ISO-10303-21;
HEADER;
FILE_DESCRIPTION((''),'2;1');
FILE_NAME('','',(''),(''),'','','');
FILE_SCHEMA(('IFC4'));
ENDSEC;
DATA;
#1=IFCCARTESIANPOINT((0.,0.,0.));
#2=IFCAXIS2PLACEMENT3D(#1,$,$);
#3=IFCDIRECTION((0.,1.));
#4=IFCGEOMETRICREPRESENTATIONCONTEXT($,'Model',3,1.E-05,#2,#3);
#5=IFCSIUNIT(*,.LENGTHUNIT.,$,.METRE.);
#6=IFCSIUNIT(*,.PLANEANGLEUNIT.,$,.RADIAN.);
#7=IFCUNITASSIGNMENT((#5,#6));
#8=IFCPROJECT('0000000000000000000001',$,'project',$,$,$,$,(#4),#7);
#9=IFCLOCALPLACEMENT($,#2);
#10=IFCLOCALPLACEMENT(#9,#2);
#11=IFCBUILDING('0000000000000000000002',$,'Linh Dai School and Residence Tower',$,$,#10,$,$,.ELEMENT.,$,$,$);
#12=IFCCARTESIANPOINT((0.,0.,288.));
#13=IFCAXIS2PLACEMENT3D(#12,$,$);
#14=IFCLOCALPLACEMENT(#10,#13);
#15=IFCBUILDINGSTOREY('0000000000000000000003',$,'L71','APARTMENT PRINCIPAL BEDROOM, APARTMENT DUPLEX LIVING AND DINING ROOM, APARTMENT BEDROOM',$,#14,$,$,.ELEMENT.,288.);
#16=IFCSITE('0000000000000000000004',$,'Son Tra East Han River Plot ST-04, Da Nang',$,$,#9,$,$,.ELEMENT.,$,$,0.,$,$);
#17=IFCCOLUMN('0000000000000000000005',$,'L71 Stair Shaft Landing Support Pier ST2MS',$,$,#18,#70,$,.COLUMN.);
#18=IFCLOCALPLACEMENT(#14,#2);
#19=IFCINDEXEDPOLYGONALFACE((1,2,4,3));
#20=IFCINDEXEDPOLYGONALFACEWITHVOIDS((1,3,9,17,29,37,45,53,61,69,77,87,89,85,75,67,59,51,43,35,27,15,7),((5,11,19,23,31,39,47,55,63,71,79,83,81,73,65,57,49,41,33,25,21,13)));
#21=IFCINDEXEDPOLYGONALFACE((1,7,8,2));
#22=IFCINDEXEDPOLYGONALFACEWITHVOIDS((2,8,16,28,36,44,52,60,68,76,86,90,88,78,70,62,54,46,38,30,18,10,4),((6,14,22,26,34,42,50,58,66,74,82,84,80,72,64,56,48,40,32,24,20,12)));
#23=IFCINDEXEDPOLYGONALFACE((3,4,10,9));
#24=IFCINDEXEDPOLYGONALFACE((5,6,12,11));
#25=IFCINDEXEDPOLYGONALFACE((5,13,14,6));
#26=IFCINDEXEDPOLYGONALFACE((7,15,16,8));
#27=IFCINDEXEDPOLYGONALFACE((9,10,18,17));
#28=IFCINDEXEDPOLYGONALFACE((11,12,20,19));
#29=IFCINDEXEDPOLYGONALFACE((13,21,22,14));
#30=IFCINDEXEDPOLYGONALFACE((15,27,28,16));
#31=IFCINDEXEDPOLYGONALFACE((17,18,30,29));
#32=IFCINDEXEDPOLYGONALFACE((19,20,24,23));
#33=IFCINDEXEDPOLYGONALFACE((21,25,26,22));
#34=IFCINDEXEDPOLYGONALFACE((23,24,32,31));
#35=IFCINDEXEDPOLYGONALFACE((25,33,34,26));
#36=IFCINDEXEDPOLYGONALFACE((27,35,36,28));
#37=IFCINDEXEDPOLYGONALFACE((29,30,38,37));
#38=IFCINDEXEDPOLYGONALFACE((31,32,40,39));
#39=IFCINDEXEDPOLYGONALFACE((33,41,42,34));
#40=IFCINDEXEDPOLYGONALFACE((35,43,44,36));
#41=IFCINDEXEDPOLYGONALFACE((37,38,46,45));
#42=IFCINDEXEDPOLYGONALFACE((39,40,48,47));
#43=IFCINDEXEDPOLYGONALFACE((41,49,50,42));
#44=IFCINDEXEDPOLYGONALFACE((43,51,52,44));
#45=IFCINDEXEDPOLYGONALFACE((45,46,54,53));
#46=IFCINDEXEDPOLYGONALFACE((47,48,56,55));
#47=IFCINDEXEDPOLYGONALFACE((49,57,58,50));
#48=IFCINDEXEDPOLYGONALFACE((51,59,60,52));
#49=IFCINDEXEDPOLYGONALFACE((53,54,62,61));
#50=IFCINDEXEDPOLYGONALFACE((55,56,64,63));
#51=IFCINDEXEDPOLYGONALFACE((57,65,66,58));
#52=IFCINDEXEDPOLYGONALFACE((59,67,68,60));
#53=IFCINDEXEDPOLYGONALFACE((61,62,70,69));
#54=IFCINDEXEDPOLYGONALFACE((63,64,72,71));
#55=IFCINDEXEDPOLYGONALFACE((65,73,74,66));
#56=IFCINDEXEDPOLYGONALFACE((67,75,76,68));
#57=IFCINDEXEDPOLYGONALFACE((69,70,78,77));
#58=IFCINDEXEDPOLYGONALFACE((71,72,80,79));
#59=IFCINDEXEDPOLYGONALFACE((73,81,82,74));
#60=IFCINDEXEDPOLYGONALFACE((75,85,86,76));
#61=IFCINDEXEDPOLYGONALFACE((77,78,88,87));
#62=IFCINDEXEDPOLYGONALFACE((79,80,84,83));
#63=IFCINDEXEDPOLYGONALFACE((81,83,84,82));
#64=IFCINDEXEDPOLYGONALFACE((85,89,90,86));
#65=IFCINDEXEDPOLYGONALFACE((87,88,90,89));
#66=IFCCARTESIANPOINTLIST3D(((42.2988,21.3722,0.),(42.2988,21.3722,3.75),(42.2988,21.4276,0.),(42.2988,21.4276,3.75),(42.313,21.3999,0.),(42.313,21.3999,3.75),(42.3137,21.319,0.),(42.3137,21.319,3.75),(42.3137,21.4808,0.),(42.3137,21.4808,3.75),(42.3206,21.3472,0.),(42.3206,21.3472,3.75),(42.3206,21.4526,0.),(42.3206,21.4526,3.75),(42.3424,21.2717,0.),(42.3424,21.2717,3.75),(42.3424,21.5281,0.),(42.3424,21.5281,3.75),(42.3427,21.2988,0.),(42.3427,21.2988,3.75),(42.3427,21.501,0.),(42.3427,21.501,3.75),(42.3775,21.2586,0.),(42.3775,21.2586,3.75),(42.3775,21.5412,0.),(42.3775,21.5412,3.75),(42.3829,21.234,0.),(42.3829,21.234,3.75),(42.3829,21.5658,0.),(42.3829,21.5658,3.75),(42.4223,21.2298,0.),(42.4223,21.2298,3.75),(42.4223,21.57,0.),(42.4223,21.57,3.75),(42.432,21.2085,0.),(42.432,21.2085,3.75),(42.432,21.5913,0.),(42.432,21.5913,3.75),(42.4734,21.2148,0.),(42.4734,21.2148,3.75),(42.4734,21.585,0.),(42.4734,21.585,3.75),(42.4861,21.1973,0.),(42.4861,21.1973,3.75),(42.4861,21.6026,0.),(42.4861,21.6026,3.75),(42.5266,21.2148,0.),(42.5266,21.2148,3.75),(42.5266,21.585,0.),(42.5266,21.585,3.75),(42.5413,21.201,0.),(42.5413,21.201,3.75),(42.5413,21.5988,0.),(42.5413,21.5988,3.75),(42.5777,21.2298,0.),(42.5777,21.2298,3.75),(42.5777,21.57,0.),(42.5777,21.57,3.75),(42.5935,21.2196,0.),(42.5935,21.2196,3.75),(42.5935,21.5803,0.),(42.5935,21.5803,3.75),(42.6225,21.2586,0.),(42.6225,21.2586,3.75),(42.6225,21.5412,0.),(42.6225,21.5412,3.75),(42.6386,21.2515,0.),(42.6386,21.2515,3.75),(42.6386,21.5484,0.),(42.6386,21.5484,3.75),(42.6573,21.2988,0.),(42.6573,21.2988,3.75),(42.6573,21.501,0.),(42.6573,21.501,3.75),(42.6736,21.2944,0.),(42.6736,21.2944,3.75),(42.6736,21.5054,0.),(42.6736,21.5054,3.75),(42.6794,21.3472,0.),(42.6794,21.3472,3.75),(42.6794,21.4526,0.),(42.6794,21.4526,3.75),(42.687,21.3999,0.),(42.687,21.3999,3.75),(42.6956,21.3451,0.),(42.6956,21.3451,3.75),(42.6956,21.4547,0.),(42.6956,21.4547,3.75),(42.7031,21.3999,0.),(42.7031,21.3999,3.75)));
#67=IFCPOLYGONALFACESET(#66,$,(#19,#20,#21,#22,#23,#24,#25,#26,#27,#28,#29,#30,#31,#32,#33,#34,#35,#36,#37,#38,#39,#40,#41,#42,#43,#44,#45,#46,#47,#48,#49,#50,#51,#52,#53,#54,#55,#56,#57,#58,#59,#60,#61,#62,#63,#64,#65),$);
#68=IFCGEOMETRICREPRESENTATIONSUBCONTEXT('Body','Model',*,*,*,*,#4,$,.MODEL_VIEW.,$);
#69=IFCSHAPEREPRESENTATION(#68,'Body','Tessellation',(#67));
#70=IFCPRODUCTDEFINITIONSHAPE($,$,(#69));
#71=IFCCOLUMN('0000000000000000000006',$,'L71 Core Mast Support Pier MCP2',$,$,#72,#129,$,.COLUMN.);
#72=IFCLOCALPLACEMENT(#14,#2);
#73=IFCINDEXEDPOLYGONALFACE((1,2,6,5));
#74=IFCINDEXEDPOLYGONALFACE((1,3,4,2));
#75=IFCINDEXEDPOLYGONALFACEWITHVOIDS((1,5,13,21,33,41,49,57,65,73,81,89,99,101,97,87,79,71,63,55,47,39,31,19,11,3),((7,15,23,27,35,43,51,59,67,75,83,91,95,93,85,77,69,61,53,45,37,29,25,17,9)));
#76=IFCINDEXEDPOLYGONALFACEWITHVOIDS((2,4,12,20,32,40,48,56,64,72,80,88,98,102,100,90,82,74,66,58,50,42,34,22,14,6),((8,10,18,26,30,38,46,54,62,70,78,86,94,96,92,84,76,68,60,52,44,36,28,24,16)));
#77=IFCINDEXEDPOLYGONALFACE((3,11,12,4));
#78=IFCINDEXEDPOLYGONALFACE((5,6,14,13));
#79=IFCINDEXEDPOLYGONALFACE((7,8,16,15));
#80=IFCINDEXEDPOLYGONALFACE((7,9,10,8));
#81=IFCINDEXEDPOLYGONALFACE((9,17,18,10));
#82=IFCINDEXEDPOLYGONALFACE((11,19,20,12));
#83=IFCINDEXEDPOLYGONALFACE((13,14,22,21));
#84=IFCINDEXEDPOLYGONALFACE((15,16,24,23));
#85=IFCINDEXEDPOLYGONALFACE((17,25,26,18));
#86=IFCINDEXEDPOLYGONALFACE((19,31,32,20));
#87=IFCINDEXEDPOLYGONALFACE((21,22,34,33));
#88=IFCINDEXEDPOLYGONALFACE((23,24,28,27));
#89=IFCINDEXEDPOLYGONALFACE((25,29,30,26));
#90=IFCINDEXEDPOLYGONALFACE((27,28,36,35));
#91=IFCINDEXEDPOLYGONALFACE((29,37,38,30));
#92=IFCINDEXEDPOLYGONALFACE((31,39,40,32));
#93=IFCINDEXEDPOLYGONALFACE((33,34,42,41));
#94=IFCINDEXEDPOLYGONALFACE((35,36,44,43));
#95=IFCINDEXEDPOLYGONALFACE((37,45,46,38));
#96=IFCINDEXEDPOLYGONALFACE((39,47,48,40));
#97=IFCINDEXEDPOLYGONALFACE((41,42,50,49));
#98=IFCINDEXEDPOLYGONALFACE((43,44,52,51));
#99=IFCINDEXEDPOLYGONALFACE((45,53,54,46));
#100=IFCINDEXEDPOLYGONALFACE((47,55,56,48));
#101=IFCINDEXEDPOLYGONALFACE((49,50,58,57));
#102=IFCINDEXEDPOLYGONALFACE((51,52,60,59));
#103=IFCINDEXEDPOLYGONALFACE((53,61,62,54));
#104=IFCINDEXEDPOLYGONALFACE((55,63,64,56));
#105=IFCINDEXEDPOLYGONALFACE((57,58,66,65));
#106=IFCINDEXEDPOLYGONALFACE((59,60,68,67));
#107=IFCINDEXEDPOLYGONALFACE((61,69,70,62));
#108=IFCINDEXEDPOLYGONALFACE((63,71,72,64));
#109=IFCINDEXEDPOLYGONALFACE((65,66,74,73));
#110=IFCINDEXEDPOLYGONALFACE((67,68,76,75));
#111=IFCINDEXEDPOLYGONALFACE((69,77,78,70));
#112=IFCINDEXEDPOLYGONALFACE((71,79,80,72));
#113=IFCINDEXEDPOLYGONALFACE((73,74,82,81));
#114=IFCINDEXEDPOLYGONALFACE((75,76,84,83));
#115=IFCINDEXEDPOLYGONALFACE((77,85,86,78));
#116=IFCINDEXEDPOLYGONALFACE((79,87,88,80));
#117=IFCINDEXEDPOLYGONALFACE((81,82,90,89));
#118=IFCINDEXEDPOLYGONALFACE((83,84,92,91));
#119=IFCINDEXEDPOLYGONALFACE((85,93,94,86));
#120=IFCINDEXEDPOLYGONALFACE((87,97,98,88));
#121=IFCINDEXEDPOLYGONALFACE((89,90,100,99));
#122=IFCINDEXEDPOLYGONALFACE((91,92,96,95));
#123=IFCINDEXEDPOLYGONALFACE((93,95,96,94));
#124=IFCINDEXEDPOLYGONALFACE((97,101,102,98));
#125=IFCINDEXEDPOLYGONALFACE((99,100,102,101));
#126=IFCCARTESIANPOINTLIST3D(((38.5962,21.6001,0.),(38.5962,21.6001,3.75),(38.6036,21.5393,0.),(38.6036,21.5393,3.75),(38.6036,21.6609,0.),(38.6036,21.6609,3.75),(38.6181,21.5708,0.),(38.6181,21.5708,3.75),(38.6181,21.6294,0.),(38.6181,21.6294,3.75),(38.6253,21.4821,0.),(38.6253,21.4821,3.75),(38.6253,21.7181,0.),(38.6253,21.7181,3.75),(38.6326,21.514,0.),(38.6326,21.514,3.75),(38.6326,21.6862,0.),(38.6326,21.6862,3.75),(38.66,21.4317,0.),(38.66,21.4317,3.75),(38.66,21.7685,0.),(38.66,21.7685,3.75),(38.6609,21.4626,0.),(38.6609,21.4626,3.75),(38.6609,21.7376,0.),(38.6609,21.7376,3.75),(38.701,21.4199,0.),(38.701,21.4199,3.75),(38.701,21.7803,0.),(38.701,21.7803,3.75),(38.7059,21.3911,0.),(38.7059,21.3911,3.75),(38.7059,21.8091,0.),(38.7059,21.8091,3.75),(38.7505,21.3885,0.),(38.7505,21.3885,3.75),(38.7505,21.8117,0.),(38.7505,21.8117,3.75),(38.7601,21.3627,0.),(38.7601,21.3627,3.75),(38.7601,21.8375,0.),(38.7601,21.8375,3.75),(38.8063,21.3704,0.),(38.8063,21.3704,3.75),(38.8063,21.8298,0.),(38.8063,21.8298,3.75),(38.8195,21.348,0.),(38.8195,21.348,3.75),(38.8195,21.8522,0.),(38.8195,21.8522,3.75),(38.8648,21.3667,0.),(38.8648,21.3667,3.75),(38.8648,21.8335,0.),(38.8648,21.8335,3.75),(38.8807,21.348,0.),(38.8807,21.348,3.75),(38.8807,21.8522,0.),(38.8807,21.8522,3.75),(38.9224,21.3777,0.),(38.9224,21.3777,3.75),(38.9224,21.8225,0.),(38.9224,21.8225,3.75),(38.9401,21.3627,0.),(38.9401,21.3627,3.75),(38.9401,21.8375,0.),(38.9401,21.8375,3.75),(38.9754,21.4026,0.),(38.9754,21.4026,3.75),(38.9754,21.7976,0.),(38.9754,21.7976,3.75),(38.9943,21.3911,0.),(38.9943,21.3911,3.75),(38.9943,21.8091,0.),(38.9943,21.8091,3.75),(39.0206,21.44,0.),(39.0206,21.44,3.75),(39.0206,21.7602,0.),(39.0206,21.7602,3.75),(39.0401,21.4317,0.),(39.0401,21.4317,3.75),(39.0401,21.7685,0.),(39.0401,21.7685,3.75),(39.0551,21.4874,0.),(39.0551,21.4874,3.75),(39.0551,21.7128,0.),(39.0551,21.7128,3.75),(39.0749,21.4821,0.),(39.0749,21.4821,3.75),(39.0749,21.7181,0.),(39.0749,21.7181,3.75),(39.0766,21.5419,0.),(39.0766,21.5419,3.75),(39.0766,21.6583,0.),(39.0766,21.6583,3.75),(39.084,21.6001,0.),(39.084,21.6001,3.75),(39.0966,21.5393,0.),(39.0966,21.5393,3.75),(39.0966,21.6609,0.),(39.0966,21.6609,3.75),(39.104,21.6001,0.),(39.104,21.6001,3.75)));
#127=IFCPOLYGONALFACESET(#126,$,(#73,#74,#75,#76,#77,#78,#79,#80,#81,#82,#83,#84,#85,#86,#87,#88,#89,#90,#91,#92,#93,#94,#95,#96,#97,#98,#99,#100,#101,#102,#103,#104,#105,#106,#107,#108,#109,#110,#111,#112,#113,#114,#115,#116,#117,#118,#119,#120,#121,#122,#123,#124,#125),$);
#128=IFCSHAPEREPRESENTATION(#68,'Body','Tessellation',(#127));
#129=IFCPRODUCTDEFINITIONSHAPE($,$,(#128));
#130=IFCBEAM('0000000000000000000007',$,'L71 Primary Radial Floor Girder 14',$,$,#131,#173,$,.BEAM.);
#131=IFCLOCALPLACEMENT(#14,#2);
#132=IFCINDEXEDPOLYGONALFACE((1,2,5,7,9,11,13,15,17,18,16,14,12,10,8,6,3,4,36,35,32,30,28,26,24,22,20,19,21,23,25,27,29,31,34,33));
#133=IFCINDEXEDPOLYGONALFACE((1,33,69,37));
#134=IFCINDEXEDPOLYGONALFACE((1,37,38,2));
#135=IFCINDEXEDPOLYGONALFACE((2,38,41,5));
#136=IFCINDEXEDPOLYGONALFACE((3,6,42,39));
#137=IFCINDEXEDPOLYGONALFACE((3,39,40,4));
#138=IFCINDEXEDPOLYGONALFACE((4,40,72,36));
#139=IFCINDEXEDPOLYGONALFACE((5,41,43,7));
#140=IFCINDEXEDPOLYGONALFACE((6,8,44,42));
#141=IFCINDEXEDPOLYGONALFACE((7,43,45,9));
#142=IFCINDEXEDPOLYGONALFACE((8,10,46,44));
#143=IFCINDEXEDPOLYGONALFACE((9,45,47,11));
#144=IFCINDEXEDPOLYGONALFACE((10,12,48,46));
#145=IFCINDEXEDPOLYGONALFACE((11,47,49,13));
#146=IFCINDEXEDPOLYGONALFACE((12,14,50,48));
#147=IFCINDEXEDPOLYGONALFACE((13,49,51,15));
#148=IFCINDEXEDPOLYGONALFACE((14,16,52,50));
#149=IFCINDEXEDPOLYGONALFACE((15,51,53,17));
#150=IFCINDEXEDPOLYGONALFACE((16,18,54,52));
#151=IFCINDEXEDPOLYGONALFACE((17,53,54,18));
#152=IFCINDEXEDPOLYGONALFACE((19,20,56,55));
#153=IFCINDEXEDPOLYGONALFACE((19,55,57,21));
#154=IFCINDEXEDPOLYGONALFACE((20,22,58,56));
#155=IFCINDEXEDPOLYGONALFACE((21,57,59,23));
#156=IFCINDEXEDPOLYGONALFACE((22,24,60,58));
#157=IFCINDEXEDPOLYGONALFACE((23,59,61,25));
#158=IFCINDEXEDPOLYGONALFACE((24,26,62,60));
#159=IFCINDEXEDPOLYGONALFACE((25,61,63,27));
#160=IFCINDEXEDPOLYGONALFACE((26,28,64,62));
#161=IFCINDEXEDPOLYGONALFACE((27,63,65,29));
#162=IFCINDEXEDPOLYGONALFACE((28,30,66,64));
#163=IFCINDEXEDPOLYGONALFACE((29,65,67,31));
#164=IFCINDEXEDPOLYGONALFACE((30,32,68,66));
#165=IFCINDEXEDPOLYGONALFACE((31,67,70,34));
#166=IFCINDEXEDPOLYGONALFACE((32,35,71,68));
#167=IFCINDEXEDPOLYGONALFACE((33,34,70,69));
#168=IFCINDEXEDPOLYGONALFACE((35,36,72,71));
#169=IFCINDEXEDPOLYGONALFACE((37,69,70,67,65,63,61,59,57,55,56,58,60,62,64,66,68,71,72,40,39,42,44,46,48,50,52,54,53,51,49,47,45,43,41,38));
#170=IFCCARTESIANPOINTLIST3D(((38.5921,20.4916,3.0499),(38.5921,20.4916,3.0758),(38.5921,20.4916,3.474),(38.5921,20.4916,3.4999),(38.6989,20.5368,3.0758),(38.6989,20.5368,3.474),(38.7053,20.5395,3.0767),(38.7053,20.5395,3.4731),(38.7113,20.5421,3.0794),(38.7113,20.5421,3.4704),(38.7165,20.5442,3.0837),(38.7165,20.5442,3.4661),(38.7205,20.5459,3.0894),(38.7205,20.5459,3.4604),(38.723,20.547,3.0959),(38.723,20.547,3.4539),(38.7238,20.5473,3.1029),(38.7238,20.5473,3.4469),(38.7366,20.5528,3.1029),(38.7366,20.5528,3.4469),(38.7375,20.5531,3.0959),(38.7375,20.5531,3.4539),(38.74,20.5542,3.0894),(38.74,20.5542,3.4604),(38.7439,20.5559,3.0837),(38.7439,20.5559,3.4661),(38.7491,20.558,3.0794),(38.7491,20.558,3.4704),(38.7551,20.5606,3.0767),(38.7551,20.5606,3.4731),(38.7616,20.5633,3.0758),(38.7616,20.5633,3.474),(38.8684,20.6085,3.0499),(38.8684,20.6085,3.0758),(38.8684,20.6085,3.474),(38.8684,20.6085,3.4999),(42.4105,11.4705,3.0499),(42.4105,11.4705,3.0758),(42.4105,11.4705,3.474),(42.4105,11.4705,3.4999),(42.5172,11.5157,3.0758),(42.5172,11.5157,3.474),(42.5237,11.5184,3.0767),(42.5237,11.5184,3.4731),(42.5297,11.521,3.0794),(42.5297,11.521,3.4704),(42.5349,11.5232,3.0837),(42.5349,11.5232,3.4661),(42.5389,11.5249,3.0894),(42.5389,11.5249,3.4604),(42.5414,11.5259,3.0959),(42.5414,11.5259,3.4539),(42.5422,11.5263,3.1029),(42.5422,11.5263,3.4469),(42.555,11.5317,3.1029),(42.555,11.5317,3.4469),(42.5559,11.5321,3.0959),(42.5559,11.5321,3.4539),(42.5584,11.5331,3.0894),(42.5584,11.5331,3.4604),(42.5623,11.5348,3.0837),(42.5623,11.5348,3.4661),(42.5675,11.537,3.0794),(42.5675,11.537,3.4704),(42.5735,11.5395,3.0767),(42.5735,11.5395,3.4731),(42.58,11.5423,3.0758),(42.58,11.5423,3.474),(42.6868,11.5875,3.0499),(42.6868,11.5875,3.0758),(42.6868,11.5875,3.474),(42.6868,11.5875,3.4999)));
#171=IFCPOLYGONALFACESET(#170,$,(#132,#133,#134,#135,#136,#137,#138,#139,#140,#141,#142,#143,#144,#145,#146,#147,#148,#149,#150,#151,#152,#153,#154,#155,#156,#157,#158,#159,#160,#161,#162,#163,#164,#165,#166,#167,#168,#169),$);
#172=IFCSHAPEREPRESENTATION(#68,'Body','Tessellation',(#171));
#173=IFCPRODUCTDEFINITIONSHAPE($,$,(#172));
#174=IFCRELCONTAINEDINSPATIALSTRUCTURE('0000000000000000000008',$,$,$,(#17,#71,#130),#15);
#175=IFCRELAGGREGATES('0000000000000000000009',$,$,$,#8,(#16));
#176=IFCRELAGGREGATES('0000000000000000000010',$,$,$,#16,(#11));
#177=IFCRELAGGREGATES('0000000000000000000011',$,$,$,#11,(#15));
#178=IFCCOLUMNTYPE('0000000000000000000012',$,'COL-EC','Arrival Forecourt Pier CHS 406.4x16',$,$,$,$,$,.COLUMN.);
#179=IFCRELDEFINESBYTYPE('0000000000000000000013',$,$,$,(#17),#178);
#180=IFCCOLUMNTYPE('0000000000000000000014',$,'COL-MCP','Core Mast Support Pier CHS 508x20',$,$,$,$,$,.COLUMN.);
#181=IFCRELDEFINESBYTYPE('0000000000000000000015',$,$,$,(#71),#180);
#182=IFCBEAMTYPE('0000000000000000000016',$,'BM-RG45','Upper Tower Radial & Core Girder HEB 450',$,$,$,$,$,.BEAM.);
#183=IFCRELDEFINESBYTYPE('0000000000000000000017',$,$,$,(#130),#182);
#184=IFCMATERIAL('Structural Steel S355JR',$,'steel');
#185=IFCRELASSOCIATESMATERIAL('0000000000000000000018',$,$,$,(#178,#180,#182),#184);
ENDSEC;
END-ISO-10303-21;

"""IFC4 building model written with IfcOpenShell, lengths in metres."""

from ifc_helpers import new_model, si_unit, direction, frame, origin, origin_2d, place, context, subcontext, project, spatial, hollow_circle, i_section, extrude, material, material_profile, profile_set, type_object, element, save


model = new_model("IFC4")

# Units and contexts
model_context = context("Model", 3, precision=1e-05, world=origin(), true_north=direction((0.0, 1.0)))
body_context = subcontext(model_context, "Body", "Model", "MODEL_VIEW")
ifc_project = project(units=[si_unit("LENGTHUNIT", "METRE"), si_unit("PLANEANGLEUNIT", "RADIAN")], contexts=[model_context])

# Site, building, storey
site_placement = place(None, origin())
site = spatial("IfcSite", under=ifc_project, at=site_placement, Name="Son Tra East Han River Plot ST-04, Da Nang", CompositionType="ELEMENT", RefElevation=0.0)
building_placement = place(site_placement, origin())
building = spatial("IfcBuilding", under=site, at=building_placement, Name="Linh Dai School and Residence Tower", CompositionType="ELEMENT")
storey_placement = place(building_placement, frame((0.0, 0.0, 288.0)))
storey = spatial("IfcBuildingStorey", under=building, at=storey_placement, Name="L71", Description="APARTMENT PRINCIPAL BEDROOM, APARTMENT DUPLEX LIVING AND DINING ROOM, APARTMENT BEDROOM", CompositionType="ELEMENT", Elevation=288.0)

# Columns
ifc_material_1 = material(Name="Structural Steel S355JR", Category="steel")
ifc_material_profile_1 = material_profile(ifc_material_1, hollow_circle(Radius=0.2031, WallThickness=0.0161, at=origin_2d()), Name="CHS 406.4x16")
ifc_profile_set_1 = profile_set([ifc_material_profile_1], Name="Structural Steel S355JR")
column_type_1 = type_object("IfcColumnType", Name="COL-EC", Description="Arrival Forecourt Pier CHS 406.4x16", PredefinedType="COLUMN", material=ifc_profile_set_1)
column_1_placement = place(storey_placement, frame((42.5, 21.3999, 0.0), z_axis=(0.0, 0.0, 1.0), x_axis=(1.0, 0.0, 0.0)))
element("IfcColumn", 1, at=column_1_placement, inside=storey, type_object=column_type_1, Name="L71 Stair Shaft Landing Support Pier ST2MS", PredefinedType="COLUMN", context=body_context, shape_type="SweptSolid", body=[
    extrude(hollow_circle(Radius=0.2031, WallThickness=0.0161, at=origin_2d()), origin(), (0.0, 0.0, 1.0), 3.75),
])
ifc_material_profile_2 = material_profile(ifc_material_1, hollow_circle(Radius=0.2539, WallThickness=0.02, at=origin_2d()), Name="CHS 508x20")
ifc_profile_set_2 = profile_set([ifc_material_profile_2], Name="Structural Steel S355JR")
column_type_2 = type_object("IfcColumnType", Name="COL-MCP", Description="Core Mast Support Pier CHS 508x20", PredefinedType="COLUMN", material=ifc_profile_set_2)
column_2_placement = place(storey_placement, frame((38.8501, 21.6001, 0.0), z_axis=(0.0, 0.0, 1.0), x_axis=(1.0, 0.0, 0.0)))
element("IfcColumn", 2, at=column_2_placement, inside=storey, type_object=column_type_2, Name="L71 Core Mast Support Pier MCP2", PredefinedType="COLUMN", context=body_context, shape_type="SweptSolid", body=[
    extrude(hollow_circle(Radius=0.2539, WallThickness=0.02, at=origin_2d()), origin(), (0.0, 0.0, 1.0), 3.75),
])

# Beam
ifc_material_profile_3 = material_profile(ifc_material_1, i_section(OverallWidth=0.3, OverallDepth=0.45, WebThickness=0.0139, FlangeThickness=0.0259, FilletRadius=0.0271, at=origin_2d()), Name="HEB 450")
ifc_profile_set_3 = profile_set([ifc_material_profile_3], Name="Structural Steel S355JR")
beam_type_1 = type_object("IfcBeamType", Name="BM-RG45", Description="Upper Tower Radial & Core Girder HEB 450", PredefinedType="BEAM", material=ifc_profile_set_3)
beam_1_placement = place(storey_placement, frame((38.7302, 20.55, 3.2749), z_axis=(0.389794, -0.920902, 0.0), x_axis=(0.920902, 0.389794, 0.0)))
element("IfcBeam", 3, at=beam_1_placement, inside=storey, type_object=beam_type_1, Name="L71 Primary Radial Floor Girder 14", PredefinedType="BEAM", context=body_context, shape_type="SweptSolid", body=[
    extrude(i_section(OverallWidth=0.3, OverallDepth=0.45, WebThickness=0.0139, FlangeThickness=0.0259, FilletRadius=0.0271, at=origin_2d()), origin(), (0.0, 0.0, 1.0), 9.7959),
])

save(model, "model.ifc")
